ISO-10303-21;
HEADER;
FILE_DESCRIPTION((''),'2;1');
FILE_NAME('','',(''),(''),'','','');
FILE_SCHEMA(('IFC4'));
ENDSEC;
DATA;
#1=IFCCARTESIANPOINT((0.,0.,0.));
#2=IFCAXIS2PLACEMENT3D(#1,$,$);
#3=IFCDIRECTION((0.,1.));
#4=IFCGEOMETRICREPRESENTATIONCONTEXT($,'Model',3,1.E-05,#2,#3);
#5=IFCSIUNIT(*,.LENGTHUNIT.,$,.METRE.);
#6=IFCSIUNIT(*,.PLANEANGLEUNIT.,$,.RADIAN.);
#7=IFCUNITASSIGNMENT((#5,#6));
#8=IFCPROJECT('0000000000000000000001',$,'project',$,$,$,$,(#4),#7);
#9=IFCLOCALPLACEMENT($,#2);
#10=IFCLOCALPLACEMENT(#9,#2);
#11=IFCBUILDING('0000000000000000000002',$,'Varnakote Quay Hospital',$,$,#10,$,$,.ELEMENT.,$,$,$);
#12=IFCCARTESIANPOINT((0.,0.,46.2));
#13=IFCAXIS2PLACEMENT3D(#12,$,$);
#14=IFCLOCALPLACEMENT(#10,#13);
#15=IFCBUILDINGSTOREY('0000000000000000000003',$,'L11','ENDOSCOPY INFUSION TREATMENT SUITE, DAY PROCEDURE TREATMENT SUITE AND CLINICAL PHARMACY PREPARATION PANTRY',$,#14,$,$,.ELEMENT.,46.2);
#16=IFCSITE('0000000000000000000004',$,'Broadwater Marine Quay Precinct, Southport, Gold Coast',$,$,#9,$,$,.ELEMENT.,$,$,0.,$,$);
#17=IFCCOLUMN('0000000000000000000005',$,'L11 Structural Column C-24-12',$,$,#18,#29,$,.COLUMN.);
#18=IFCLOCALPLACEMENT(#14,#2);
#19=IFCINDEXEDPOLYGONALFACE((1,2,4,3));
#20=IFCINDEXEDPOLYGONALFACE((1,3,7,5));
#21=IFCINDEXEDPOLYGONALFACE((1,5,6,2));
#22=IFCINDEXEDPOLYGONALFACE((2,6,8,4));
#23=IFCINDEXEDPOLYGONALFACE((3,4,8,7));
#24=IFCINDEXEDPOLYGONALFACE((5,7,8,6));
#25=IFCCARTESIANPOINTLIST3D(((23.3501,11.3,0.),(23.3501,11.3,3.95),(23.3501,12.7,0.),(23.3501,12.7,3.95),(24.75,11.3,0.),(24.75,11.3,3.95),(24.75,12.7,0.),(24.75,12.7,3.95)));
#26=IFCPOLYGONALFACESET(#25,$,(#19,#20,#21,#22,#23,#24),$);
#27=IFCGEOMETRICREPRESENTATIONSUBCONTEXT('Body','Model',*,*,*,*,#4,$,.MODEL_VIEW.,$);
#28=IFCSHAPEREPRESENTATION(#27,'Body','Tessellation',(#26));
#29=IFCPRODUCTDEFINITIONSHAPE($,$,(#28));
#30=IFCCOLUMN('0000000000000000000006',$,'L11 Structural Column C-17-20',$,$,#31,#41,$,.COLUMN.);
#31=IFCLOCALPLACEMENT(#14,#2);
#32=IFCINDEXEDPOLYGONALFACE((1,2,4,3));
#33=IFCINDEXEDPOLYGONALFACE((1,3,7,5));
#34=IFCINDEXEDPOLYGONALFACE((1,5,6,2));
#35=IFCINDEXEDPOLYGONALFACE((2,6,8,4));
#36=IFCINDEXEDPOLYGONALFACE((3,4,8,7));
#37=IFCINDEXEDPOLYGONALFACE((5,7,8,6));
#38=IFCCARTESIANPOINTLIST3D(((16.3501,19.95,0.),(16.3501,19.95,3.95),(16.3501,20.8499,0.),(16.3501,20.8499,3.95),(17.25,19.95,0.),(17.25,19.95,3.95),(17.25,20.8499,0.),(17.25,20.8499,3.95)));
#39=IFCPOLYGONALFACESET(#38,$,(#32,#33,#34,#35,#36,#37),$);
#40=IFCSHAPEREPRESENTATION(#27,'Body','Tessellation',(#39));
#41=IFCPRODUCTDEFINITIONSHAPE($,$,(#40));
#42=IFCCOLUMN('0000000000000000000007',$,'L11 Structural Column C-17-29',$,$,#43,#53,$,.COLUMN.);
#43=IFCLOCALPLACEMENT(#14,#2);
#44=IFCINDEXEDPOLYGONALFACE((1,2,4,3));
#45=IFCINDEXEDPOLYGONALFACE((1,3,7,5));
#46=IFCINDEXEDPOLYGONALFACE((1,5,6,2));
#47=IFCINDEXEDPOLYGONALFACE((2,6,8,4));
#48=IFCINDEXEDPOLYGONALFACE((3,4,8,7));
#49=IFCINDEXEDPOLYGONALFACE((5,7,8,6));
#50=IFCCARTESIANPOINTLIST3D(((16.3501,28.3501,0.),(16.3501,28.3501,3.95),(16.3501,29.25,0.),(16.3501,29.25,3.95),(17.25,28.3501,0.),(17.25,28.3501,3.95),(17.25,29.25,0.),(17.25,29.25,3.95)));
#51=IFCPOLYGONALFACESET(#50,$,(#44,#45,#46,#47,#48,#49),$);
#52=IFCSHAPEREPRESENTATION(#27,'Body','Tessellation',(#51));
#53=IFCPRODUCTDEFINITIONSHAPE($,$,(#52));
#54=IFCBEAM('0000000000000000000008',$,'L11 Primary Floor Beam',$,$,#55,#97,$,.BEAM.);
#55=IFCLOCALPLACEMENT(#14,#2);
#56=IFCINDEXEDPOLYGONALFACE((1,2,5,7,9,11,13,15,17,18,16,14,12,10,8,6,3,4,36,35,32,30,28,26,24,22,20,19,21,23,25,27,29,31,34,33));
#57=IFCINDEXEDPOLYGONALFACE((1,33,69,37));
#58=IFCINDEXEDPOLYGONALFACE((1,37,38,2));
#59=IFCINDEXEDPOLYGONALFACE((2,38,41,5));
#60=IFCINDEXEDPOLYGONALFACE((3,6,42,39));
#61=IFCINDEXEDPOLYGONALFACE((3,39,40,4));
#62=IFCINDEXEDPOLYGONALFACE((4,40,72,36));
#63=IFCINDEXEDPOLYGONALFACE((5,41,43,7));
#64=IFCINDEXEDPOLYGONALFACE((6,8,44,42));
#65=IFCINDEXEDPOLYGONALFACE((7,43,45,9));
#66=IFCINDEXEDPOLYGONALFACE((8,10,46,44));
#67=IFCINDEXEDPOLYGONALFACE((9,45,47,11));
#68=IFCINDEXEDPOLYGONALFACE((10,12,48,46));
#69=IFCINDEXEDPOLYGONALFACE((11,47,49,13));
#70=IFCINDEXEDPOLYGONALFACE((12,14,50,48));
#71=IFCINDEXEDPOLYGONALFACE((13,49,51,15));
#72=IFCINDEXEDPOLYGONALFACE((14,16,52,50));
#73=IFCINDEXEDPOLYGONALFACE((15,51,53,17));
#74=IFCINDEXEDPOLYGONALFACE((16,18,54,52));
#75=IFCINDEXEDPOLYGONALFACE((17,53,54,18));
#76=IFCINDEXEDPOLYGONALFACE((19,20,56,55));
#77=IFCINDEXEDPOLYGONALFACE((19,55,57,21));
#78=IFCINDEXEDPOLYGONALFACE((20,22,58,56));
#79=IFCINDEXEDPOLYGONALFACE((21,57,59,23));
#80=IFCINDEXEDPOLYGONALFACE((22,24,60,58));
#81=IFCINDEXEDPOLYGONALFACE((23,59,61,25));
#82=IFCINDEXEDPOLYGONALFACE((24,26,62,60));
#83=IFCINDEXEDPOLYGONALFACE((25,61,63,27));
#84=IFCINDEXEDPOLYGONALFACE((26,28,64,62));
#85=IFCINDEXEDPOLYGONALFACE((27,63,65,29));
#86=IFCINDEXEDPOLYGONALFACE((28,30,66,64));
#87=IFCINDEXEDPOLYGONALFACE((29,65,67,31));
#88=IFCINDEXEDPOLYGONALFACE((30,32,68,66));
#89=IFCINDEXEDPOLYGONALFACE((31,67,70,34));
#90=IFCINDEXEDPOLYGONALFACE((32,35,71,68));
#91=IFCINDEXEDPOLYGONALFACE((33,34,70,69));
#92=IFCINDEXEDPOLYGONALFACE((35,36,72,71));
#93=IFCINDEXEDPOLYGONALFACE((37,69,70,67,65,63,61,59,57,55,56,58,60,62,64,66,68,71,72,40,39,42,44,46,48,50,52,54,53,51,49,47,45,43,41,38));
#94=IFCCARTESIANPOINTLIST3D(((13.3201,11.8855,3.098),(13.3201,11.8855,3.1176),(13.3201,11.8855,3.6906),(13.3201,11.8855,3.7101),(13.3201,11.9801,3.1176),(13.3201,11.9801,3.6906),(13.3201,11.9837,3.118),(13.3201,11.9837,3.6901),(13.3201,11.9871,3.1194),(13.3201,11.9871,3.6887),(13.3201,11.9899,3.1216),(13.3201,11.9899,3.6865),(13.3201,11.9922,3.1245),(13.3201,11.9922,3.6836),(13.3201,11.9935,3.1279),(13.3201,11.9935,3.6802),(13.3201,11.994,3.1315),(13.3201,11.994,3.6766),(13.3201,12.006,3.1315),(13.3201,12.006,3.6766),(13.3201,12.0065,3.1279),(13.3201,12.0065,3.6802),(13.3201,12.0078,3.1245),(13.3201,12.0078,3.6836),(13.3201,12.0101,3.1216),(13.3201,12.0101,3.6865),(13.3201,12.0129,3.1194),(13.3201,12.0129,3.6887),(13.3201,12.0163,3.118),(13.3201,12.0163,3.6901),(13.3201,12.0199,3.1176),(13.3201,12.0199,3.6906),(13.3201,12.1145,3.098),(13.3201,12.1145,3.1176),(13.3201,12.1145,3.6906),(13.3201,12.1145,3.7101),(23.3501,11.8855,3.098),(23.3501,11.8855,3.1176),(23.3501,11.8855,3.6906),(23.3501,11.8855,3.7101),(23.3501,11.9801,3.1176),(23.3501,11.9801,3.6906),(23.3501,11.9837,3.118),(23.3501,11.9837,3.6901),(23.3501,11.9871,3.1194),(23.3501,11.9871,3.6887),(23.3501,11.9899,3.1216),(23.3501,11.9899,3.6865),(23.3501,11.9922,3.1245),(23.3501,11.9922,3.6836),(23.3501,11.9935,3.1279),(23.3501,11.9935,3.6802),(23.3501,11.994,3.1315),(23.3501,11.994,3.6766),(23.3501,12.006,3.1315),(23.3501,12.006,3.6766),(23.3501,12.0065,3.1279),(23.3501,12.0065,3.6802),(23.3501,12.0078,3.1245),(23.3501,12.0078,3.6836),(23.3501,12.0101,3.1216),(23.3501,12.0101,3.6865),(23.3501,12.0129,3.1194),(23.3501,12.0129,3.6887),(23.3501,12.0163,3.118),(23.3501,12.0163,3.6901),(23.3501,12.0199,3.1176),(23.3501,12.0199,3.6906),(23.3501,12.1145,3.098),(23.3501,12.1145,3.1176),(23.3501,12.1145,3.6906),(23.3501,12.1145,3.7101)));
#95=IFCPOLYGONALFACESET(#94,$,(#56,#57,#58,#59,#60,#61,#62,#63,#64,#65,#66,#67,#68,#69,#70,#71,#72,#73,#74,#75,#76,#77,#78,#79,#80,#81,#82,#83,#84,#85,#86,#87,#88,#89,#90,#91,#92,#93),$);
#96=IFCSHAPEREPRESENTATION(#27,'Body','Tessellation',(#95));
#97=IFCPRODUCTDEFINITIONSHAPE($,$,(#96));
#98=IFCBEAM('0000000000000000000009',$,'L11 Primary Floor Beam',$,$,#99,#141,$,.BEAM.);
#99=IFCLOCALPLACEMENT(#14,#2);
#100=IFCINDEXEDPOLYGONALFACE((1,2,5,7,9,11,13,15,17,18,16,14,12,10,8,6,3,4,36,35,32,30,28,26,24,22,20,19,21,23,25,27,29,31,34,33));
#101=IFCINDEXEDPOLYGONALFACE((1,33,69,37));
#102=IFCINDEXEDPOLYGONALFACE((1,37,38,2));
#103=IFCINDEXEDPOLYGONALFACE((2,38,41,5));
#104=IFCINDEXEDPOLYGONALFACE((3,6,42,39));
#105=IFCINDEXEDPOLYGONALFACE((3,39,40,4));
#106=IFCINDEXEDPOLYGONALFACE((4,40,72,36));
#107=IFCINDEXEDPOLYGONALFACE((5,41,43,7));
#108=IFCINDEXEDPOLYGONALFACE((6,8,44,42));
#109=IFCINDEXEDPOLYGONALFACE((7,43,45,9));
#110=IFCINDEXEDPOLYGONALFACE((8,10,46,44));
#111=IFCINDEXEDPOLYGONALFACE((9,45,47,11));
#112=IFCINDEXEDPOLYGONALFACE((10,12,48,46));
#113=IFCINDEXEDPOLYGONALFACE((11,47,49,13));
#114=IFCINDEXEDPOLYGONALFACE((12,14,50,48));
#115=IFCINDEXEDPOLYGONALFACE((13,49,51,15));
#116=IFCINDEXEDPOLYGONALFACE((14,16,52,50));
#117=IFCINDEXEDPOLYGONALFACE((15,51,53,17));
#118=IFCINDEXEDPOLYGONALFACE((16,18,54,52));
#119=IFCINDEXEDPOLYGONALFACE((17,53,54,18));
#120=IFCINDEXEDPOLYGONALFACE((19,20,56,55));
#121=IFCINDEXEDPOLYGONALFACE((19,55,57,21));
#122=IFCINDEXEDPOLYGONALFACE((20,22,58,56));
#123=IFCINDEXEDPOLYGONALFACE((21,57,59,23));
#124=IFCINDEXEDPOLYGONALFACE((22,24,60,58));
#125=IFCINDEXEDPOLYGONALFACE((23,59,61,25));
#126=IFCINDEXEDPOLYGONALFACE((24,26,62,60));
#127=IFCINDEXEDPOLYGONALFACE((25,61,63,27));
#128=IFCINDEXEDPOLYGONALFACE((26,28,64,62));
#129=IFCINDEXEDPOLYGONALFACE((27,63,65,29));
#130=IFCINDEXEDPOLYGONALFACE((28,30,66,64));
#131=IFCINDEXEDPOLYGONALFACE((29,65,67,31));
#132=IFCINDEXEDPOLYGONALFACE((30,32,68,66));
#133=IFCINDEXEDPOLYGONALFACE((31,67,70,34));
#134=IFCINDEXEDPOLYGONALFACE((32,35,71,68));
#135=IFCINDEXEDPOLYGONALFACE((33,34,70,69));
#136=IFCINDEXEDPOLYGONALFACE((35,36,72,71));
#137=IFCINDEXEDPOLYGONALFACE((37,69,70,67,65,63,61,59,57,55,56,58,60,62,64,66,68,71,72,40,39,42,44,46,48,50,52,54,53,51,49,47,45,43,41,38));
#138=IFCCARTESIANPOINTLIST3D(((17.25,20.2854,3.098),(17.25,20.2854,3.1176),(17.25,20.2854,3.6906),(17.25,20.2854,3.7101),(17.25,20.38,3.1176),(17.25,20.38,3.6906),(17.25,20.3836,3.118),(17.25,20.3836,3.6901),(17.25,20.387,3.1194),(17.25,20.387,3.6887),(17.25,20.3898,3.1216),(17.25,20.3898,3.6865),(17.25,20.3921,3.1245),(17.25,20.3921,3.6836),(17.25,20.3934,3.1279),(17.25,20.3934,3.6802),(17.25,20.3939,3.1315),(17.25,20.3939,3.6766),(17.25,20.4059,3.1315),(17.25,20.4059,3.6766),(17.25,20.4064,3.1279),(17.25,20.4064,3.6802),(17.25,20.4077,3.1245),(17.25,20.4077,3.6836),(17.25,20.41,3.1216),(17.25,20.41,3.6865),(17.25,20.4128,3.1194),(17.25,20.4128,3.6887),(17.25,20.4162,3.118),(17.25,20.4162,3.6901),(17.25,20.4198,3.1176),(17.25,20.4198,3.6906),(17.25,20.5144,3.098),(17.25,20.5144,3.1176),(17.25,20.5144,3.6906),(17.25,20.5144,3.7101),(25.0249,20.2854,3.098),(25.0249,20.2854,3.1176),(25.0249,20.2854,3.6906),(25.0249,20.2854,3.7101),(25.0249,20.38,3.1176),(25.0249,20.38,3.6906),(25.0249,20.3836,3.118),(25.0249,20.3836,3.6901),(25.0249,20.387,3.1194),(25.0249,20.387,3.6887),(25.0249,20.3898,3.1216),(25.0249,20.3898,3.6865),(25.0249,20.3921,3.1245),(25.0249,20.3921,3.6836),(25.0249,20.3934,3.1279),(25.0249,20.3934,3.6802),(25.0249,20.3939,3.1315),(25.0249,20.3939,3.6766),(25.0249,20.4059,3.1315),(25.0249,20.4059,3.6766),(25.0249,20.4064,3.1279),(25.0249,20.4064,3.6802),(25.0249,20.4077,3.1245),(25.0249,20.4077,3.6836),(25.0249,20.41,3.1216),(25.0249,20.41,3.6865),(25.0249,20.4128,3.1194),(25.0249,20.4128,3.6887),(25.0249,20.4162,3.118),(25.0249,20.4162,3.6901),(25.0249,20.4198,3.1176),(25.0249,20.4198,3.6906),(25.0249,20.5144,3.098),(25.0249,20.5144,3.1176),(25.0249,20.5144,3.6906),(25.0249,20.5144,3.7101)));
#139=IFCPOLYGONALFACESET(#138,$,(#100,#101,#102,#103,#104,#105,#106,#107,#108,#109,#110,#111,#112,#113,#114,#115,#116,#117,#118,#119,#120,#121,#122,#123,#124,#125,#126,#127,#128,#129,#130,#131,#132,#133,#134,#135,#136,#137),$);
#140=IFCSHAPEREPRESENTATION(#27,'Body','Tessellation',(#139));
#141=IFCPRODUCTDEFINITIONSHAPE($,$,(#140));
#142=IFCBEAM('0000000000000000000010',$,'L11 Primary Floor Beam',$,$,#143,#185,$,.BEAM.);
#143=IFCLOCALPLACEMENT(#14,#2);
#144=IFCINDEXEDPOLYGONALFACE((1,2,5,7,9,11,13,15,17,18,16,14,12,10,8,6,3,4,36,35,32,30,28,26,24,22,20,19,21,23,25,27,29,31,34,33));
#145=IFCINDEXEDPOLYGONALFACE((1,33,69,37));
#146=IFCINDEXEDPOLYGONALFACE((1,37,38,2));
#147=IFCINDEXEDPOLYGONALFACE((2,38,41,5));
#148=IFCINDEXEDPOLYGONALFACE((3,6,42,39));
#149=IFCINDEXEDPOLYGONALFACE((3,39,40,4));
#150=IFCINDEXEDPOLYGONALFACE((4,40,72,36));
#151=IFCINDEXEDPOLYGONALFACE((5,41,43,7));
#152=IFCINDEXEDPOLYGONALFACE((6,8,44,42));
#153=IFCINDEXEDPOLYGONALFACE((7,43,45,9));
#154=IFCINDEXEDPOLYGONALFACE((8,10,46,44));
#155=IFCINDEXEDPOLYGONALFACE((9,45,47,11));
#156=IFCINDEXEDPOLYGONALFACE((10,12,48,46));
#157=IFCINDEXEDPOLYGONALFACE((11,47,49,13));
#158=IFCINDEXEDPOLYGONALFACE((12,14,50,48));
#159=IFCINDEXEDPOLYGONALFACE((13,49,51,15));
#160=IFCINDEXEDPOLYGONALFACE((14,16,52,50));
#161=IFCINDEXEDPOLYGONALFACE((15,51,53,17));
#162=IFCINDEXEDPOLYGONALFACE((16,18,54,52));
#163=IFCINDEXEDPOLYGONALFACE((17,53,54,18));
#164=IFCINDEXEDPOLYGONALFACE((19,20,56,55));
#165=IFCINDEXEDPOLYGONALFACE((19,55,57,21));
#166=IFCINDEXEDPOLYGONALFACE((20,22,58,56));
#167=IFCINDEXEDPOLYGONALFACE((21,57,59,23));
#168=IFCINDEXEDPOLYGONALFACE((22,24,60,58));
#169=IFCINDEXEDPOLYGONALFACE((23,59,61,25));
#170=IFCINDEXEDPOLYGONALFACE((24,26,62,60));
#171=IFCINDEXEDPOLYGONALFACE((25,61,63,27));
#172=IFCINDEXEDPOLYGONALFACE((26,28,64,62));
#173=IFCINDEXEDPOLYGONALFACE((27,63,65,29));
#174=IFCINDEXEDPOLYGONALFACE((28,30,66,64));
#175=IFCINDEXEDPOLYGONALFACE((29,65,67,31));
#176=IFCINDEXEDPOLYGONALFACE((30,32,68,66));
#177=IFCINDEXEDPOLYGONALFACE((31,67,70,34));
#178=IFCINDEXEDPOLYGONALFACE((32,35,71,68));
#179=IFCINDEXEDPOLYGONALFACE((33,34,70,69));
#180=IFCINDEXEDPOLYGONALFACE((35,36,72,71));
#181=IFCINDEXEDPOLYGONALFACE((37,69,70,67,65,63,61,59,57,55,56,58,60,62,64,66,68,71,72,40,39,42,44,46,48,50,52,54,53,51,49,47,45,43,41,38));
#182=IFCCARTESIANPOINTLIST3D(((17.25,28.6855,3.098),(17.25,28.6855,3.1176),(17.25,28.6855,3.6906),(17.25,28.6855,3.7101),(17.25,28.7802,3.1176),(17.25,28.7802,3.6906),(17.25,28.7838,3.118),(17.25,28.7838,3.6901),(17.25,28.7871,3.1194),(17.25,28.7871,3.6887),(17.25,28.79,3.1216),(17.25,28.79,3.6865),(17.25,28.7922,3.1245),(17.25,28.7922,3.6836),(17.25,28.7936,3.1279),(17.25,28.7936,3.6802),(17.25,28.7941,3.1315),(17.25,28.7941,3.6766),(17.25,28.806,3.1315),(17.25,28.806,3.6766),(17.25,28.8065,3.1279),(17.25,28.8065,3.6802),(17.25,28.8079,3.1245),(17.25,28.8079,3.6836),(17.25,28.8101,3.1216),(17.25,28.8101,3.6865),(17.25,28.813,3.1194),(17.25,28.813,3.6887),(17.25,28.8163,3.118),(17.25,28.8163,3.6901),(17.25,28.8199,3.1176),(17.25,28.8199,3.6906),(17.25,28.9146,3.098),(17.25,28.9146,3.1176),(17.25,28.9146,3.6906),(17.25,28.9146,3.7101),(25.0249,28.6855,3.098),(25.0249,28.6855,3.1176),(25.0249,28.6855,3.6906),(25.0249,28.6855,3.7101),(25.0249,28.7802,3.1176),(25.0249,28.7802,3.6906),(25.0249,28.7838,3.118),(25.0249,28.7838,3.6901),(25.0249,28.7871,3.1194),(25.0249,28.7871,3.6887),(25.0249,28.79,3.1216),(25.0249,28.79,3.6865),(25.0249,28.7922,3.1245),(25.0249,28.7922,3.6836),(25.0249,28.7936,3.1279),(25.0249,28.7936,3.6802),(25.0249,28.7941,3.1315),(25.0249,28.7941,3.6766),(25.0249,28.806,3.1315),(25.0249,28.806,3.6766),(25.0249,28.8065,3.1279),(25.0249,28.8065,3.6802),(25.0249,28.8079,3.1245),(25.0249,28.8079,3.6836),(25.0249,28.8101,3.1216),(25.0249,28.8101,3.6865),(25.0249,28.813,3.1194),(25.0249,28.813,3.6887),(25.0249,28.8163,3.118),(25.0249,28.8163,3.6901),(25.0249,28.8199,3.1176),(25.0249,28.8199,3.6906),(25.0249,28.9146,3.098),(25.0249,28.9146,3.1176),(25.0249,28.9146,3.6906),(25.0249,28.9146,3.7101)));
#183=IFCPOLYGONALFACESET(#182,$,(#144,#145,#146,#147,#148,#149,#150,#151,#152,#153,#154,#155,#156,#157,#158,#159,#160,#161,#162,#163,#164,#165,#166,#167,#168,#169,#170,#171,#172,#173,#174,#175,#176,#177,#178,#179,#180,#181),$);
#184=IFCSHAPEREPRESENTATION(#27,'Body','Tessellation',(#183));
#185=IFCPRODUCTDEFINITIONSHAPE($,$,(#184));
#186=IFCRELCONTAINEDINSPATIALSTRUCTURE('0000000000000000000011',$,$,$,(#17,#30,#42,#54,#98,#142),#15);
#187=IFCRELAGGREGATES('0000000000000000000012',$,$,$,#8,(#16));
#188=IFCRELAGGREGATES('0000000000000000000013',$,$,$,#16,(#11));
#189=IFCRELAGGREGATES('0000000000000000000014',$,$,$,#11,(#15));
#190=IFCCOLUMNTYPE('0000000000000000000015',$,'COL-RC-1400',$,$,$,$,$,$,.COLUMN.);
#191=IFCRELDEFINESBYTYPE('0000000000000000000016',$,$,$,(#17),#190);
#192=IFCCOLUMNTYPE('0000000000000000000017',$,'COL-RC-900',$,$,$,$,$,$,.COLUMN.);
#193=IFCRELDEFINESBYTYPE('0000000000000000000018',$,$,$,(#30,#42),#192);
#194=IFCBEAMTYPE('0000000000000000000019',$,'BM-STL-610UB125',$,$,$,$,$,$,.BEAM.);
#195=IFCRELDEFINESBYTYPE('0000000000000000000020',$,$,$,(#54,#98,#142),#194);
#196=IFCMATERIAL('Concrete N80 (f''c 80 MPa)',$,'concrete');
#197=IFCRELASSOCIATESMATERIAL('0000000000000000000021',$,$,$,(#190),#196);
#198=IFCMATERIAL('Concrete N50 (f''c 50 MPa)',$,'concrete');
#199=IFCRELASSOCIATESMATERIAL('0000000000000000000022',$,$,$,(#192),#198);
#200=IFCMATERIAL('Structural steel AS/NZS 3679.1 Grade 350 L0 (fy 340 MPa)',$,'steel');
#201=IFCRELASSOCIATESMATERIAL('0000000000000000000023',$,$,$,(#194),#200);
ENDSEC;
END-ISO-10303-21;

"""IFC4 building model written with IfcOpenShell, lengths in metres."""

from ifc_helpers import new_model, si_unit, direction, frame, origin, origin_2d, place, context, subcontext, project, spatial, rectangle, i_section, extrude, material, material_profile, profile_set, type_object, element, save


model = new_model("IFC4")

# Units and contexts
model_context = context("Model", 3, precision=1e-05, world=origin(), true_north=direction((0.0, 1.0)))
body_context = subcontext(model_context, "Body", "Model", "MODEL_VIEW")
ifc_project = project(units=[si_unit("LENGTHUNIT", "METRE"), si_unit("PLANEANGLEUNIT", "RADIAN")], contexts=[model_context])

# Site, building, storey
site_placement = place(None, origin())
site = spatial("IfcSite", under=ifc_project, at=site_placement, Name="Broadwater Marine Quay Precinct, Southport, Gold Coast", CompositionType="ELEMENT", RefElevation=0.0)
building_placement = place(site_placement, origin())
building = spatial("IfcBuilding", under=site, at=building_placement, Name="Varnakote Quay Hospital", CompositionType="ELEMENT")
storey_placement = place(building_placement, frame((0.0, 0.0, 46.2)))
storey = spatial("IfcBuildingStorey", under=building, at=storey_placement, Name="L11", Description="ENDOSCOPY INFUSION TREATMENT SUITE, DAY PROCEDURE TREATMENT SUITE AND CLINICAL PHARMACY PREPARATION PANTRY", CompositionType="ELEMENT", Elevation=46.2)

# Columns
ifc_material_1 = material(Name="Concrete N80 (f'c 80 MPa)", Category="concrete")
ifc_material_profile_1 = material_profile(ifc_material_1, rectangle(XDim=1.3999, YDim=1.3999, at=origin_2d()), Name="RC-COL-1400x1400")
ifc_profile_set_1 = profile_set([ifc_material_profile_1], Name="Concrete N80 (f'c 80 MPa)")
column_type_1 = type_object("IfcColumnType", Name="COL-RC-1400", PredefinedType="COLUMN", material=ifc_profile_set_1)
column_placement = place(storey_placement, frame((24.05, 12.0, 0.0), z_axis=(0.0, 0.0, 1.0), x_axis=(1.0, 0.0, 0.0)))
element("IfcColumn", 1, at=column_placement, inside=storey, type_object=column_type_1, Name="L11 Structural Column C-24-12", PredefinedType="COLUMN", context=body_context, shape_type="SweptSolid", body=[
    extrude(rectangle(XDim=1.3999, YDim=1.3999, at=origin_2d()), origin(), (0.0, 0.0, 1.0), 3.95),
])
ifc_material_2 = material(Name="Concrete N50 (f'c 50 MPa)", Category="concrete")
ifc_material_profile_2 = material_profile(ifc_material_2, rectangle(XDim=0.8999, YDim=0.8999, at=origin_2d()), Name="RC-COL-900x900")
ifc_profile_set_2 = profile_set([ifc_material_profile_2], Name="Concrete N50 (f'c 50 MPa)")
column_type_2 = type_object("IfcColumnType", Name="COL-RC-900", PredefinedType="COLUMN", material=ifc_profile_set_2)
for number, where, z_axis, x_axis, name in (
    (2, (16.8, 20.3999, 0.0), (0.0, 0.0, 1.0), (1.0, 0.0, 0.0), "L11 Structural Column C-17-20"),
    (3, (16.8, 28.8, 0.0), (0.0, 0.0, 1.0), (1.0, 0.0, 0.0), "L11 Structural Column C-17-29"),
):
    element("IfcColumn", number, at=place(storey_placement, frame(where, z_axis=z_axis, x_axis=x_axis)), inside=storey, type_object=column_type_2, Name=name, PredefinedType="COLUMN", context=body_context, shape_type="SweptSolid", body=[
        extrude(rectangle(XDim=0.8999, YDim=0.8999, at=origin_2d()), origin(), (0.0, 0.0, 1.0), 3.95),
    ])

# Beams
ifc_material_3 = material(Name="Structural steel AS/NZS 3679.1 Grade 350 L0 (fy 340 MPa)", Category="steel")
ifc_material_profile_3 = material_profile(ifc_material_3, i_section(OverallWidth=0.229, OverallDepth=0.6121, WebThickness=0.012, FlangeThickness=0.0195, FilletRadius=0.0139, at=origin_2d()), Name="610UB125")
ifc_profile_set_3 = profile_set([ifc_material_profile_3], Name="Structural steel AS/NZS 3679.1 Grade 350 L0 (fy 340 MPa)")
beam_type_1 = type_object("IfcBeamType", Name="BM-STL-610UB125", PredefinedType="BEAM", material=ifc_profile_set_3)
beam_1_placement = place(storey_placement, frame((13.3201, 12.0, 3.4041), z_axis=(1.0, 0.0, 0.0), x_axis=(0.0, 1.0, 0.0)))
element("IfcBeam", 4, at=beam_1_placement, inside=storey, type_object=beam_type_1, Name="L11 Primary Floor Beam", PredefinedType="BEAM", context=body_context, shape_type="SweptSolid", body=[
    extrude(i_section(OverallWidth=0.229, OverallDepth=0.6121, WebThickness=0.012, FlangeThickness=0.0195, FilletRadius=0.0139, at=origin_2d()), origin(), (0.0, 0.0, 1.0), 10.03),
])
for number, where, z_axis, x_axis, name in (
    (5, (17.25, 20.3999, 3.4041), (1.0, 0.0, 0.0), (0.0, 1.0, 0.0), "L11 Primary Floor Beam"),
    (6, (17.25, 28.8, 3.4041), (1.0, 0.0, 0.0), (0.0, 1.0, 0.0), "L11 Primary Floor Beam"),
):
    element("IfcBeam", number, at=place(storey_placement, frame(where, z_axis=z_axis, x_axis=x_axis)), inside=storey, type_object=beam_type_1, Name=name, PredefinedType="BEAM", context=body_context, shape_type="SweptSolid", body=[
        extrude(i_section(OverallWidth=0.229, OverallDepth=0.6121, WebThickness=0.012, FlangeThickness=0.0195, FilletRadius=0.0139, at=origin_2d()), origin(), (0.0, 0.0, 1.0), 7.7749),
    ])

save(model, "model.ifc")
